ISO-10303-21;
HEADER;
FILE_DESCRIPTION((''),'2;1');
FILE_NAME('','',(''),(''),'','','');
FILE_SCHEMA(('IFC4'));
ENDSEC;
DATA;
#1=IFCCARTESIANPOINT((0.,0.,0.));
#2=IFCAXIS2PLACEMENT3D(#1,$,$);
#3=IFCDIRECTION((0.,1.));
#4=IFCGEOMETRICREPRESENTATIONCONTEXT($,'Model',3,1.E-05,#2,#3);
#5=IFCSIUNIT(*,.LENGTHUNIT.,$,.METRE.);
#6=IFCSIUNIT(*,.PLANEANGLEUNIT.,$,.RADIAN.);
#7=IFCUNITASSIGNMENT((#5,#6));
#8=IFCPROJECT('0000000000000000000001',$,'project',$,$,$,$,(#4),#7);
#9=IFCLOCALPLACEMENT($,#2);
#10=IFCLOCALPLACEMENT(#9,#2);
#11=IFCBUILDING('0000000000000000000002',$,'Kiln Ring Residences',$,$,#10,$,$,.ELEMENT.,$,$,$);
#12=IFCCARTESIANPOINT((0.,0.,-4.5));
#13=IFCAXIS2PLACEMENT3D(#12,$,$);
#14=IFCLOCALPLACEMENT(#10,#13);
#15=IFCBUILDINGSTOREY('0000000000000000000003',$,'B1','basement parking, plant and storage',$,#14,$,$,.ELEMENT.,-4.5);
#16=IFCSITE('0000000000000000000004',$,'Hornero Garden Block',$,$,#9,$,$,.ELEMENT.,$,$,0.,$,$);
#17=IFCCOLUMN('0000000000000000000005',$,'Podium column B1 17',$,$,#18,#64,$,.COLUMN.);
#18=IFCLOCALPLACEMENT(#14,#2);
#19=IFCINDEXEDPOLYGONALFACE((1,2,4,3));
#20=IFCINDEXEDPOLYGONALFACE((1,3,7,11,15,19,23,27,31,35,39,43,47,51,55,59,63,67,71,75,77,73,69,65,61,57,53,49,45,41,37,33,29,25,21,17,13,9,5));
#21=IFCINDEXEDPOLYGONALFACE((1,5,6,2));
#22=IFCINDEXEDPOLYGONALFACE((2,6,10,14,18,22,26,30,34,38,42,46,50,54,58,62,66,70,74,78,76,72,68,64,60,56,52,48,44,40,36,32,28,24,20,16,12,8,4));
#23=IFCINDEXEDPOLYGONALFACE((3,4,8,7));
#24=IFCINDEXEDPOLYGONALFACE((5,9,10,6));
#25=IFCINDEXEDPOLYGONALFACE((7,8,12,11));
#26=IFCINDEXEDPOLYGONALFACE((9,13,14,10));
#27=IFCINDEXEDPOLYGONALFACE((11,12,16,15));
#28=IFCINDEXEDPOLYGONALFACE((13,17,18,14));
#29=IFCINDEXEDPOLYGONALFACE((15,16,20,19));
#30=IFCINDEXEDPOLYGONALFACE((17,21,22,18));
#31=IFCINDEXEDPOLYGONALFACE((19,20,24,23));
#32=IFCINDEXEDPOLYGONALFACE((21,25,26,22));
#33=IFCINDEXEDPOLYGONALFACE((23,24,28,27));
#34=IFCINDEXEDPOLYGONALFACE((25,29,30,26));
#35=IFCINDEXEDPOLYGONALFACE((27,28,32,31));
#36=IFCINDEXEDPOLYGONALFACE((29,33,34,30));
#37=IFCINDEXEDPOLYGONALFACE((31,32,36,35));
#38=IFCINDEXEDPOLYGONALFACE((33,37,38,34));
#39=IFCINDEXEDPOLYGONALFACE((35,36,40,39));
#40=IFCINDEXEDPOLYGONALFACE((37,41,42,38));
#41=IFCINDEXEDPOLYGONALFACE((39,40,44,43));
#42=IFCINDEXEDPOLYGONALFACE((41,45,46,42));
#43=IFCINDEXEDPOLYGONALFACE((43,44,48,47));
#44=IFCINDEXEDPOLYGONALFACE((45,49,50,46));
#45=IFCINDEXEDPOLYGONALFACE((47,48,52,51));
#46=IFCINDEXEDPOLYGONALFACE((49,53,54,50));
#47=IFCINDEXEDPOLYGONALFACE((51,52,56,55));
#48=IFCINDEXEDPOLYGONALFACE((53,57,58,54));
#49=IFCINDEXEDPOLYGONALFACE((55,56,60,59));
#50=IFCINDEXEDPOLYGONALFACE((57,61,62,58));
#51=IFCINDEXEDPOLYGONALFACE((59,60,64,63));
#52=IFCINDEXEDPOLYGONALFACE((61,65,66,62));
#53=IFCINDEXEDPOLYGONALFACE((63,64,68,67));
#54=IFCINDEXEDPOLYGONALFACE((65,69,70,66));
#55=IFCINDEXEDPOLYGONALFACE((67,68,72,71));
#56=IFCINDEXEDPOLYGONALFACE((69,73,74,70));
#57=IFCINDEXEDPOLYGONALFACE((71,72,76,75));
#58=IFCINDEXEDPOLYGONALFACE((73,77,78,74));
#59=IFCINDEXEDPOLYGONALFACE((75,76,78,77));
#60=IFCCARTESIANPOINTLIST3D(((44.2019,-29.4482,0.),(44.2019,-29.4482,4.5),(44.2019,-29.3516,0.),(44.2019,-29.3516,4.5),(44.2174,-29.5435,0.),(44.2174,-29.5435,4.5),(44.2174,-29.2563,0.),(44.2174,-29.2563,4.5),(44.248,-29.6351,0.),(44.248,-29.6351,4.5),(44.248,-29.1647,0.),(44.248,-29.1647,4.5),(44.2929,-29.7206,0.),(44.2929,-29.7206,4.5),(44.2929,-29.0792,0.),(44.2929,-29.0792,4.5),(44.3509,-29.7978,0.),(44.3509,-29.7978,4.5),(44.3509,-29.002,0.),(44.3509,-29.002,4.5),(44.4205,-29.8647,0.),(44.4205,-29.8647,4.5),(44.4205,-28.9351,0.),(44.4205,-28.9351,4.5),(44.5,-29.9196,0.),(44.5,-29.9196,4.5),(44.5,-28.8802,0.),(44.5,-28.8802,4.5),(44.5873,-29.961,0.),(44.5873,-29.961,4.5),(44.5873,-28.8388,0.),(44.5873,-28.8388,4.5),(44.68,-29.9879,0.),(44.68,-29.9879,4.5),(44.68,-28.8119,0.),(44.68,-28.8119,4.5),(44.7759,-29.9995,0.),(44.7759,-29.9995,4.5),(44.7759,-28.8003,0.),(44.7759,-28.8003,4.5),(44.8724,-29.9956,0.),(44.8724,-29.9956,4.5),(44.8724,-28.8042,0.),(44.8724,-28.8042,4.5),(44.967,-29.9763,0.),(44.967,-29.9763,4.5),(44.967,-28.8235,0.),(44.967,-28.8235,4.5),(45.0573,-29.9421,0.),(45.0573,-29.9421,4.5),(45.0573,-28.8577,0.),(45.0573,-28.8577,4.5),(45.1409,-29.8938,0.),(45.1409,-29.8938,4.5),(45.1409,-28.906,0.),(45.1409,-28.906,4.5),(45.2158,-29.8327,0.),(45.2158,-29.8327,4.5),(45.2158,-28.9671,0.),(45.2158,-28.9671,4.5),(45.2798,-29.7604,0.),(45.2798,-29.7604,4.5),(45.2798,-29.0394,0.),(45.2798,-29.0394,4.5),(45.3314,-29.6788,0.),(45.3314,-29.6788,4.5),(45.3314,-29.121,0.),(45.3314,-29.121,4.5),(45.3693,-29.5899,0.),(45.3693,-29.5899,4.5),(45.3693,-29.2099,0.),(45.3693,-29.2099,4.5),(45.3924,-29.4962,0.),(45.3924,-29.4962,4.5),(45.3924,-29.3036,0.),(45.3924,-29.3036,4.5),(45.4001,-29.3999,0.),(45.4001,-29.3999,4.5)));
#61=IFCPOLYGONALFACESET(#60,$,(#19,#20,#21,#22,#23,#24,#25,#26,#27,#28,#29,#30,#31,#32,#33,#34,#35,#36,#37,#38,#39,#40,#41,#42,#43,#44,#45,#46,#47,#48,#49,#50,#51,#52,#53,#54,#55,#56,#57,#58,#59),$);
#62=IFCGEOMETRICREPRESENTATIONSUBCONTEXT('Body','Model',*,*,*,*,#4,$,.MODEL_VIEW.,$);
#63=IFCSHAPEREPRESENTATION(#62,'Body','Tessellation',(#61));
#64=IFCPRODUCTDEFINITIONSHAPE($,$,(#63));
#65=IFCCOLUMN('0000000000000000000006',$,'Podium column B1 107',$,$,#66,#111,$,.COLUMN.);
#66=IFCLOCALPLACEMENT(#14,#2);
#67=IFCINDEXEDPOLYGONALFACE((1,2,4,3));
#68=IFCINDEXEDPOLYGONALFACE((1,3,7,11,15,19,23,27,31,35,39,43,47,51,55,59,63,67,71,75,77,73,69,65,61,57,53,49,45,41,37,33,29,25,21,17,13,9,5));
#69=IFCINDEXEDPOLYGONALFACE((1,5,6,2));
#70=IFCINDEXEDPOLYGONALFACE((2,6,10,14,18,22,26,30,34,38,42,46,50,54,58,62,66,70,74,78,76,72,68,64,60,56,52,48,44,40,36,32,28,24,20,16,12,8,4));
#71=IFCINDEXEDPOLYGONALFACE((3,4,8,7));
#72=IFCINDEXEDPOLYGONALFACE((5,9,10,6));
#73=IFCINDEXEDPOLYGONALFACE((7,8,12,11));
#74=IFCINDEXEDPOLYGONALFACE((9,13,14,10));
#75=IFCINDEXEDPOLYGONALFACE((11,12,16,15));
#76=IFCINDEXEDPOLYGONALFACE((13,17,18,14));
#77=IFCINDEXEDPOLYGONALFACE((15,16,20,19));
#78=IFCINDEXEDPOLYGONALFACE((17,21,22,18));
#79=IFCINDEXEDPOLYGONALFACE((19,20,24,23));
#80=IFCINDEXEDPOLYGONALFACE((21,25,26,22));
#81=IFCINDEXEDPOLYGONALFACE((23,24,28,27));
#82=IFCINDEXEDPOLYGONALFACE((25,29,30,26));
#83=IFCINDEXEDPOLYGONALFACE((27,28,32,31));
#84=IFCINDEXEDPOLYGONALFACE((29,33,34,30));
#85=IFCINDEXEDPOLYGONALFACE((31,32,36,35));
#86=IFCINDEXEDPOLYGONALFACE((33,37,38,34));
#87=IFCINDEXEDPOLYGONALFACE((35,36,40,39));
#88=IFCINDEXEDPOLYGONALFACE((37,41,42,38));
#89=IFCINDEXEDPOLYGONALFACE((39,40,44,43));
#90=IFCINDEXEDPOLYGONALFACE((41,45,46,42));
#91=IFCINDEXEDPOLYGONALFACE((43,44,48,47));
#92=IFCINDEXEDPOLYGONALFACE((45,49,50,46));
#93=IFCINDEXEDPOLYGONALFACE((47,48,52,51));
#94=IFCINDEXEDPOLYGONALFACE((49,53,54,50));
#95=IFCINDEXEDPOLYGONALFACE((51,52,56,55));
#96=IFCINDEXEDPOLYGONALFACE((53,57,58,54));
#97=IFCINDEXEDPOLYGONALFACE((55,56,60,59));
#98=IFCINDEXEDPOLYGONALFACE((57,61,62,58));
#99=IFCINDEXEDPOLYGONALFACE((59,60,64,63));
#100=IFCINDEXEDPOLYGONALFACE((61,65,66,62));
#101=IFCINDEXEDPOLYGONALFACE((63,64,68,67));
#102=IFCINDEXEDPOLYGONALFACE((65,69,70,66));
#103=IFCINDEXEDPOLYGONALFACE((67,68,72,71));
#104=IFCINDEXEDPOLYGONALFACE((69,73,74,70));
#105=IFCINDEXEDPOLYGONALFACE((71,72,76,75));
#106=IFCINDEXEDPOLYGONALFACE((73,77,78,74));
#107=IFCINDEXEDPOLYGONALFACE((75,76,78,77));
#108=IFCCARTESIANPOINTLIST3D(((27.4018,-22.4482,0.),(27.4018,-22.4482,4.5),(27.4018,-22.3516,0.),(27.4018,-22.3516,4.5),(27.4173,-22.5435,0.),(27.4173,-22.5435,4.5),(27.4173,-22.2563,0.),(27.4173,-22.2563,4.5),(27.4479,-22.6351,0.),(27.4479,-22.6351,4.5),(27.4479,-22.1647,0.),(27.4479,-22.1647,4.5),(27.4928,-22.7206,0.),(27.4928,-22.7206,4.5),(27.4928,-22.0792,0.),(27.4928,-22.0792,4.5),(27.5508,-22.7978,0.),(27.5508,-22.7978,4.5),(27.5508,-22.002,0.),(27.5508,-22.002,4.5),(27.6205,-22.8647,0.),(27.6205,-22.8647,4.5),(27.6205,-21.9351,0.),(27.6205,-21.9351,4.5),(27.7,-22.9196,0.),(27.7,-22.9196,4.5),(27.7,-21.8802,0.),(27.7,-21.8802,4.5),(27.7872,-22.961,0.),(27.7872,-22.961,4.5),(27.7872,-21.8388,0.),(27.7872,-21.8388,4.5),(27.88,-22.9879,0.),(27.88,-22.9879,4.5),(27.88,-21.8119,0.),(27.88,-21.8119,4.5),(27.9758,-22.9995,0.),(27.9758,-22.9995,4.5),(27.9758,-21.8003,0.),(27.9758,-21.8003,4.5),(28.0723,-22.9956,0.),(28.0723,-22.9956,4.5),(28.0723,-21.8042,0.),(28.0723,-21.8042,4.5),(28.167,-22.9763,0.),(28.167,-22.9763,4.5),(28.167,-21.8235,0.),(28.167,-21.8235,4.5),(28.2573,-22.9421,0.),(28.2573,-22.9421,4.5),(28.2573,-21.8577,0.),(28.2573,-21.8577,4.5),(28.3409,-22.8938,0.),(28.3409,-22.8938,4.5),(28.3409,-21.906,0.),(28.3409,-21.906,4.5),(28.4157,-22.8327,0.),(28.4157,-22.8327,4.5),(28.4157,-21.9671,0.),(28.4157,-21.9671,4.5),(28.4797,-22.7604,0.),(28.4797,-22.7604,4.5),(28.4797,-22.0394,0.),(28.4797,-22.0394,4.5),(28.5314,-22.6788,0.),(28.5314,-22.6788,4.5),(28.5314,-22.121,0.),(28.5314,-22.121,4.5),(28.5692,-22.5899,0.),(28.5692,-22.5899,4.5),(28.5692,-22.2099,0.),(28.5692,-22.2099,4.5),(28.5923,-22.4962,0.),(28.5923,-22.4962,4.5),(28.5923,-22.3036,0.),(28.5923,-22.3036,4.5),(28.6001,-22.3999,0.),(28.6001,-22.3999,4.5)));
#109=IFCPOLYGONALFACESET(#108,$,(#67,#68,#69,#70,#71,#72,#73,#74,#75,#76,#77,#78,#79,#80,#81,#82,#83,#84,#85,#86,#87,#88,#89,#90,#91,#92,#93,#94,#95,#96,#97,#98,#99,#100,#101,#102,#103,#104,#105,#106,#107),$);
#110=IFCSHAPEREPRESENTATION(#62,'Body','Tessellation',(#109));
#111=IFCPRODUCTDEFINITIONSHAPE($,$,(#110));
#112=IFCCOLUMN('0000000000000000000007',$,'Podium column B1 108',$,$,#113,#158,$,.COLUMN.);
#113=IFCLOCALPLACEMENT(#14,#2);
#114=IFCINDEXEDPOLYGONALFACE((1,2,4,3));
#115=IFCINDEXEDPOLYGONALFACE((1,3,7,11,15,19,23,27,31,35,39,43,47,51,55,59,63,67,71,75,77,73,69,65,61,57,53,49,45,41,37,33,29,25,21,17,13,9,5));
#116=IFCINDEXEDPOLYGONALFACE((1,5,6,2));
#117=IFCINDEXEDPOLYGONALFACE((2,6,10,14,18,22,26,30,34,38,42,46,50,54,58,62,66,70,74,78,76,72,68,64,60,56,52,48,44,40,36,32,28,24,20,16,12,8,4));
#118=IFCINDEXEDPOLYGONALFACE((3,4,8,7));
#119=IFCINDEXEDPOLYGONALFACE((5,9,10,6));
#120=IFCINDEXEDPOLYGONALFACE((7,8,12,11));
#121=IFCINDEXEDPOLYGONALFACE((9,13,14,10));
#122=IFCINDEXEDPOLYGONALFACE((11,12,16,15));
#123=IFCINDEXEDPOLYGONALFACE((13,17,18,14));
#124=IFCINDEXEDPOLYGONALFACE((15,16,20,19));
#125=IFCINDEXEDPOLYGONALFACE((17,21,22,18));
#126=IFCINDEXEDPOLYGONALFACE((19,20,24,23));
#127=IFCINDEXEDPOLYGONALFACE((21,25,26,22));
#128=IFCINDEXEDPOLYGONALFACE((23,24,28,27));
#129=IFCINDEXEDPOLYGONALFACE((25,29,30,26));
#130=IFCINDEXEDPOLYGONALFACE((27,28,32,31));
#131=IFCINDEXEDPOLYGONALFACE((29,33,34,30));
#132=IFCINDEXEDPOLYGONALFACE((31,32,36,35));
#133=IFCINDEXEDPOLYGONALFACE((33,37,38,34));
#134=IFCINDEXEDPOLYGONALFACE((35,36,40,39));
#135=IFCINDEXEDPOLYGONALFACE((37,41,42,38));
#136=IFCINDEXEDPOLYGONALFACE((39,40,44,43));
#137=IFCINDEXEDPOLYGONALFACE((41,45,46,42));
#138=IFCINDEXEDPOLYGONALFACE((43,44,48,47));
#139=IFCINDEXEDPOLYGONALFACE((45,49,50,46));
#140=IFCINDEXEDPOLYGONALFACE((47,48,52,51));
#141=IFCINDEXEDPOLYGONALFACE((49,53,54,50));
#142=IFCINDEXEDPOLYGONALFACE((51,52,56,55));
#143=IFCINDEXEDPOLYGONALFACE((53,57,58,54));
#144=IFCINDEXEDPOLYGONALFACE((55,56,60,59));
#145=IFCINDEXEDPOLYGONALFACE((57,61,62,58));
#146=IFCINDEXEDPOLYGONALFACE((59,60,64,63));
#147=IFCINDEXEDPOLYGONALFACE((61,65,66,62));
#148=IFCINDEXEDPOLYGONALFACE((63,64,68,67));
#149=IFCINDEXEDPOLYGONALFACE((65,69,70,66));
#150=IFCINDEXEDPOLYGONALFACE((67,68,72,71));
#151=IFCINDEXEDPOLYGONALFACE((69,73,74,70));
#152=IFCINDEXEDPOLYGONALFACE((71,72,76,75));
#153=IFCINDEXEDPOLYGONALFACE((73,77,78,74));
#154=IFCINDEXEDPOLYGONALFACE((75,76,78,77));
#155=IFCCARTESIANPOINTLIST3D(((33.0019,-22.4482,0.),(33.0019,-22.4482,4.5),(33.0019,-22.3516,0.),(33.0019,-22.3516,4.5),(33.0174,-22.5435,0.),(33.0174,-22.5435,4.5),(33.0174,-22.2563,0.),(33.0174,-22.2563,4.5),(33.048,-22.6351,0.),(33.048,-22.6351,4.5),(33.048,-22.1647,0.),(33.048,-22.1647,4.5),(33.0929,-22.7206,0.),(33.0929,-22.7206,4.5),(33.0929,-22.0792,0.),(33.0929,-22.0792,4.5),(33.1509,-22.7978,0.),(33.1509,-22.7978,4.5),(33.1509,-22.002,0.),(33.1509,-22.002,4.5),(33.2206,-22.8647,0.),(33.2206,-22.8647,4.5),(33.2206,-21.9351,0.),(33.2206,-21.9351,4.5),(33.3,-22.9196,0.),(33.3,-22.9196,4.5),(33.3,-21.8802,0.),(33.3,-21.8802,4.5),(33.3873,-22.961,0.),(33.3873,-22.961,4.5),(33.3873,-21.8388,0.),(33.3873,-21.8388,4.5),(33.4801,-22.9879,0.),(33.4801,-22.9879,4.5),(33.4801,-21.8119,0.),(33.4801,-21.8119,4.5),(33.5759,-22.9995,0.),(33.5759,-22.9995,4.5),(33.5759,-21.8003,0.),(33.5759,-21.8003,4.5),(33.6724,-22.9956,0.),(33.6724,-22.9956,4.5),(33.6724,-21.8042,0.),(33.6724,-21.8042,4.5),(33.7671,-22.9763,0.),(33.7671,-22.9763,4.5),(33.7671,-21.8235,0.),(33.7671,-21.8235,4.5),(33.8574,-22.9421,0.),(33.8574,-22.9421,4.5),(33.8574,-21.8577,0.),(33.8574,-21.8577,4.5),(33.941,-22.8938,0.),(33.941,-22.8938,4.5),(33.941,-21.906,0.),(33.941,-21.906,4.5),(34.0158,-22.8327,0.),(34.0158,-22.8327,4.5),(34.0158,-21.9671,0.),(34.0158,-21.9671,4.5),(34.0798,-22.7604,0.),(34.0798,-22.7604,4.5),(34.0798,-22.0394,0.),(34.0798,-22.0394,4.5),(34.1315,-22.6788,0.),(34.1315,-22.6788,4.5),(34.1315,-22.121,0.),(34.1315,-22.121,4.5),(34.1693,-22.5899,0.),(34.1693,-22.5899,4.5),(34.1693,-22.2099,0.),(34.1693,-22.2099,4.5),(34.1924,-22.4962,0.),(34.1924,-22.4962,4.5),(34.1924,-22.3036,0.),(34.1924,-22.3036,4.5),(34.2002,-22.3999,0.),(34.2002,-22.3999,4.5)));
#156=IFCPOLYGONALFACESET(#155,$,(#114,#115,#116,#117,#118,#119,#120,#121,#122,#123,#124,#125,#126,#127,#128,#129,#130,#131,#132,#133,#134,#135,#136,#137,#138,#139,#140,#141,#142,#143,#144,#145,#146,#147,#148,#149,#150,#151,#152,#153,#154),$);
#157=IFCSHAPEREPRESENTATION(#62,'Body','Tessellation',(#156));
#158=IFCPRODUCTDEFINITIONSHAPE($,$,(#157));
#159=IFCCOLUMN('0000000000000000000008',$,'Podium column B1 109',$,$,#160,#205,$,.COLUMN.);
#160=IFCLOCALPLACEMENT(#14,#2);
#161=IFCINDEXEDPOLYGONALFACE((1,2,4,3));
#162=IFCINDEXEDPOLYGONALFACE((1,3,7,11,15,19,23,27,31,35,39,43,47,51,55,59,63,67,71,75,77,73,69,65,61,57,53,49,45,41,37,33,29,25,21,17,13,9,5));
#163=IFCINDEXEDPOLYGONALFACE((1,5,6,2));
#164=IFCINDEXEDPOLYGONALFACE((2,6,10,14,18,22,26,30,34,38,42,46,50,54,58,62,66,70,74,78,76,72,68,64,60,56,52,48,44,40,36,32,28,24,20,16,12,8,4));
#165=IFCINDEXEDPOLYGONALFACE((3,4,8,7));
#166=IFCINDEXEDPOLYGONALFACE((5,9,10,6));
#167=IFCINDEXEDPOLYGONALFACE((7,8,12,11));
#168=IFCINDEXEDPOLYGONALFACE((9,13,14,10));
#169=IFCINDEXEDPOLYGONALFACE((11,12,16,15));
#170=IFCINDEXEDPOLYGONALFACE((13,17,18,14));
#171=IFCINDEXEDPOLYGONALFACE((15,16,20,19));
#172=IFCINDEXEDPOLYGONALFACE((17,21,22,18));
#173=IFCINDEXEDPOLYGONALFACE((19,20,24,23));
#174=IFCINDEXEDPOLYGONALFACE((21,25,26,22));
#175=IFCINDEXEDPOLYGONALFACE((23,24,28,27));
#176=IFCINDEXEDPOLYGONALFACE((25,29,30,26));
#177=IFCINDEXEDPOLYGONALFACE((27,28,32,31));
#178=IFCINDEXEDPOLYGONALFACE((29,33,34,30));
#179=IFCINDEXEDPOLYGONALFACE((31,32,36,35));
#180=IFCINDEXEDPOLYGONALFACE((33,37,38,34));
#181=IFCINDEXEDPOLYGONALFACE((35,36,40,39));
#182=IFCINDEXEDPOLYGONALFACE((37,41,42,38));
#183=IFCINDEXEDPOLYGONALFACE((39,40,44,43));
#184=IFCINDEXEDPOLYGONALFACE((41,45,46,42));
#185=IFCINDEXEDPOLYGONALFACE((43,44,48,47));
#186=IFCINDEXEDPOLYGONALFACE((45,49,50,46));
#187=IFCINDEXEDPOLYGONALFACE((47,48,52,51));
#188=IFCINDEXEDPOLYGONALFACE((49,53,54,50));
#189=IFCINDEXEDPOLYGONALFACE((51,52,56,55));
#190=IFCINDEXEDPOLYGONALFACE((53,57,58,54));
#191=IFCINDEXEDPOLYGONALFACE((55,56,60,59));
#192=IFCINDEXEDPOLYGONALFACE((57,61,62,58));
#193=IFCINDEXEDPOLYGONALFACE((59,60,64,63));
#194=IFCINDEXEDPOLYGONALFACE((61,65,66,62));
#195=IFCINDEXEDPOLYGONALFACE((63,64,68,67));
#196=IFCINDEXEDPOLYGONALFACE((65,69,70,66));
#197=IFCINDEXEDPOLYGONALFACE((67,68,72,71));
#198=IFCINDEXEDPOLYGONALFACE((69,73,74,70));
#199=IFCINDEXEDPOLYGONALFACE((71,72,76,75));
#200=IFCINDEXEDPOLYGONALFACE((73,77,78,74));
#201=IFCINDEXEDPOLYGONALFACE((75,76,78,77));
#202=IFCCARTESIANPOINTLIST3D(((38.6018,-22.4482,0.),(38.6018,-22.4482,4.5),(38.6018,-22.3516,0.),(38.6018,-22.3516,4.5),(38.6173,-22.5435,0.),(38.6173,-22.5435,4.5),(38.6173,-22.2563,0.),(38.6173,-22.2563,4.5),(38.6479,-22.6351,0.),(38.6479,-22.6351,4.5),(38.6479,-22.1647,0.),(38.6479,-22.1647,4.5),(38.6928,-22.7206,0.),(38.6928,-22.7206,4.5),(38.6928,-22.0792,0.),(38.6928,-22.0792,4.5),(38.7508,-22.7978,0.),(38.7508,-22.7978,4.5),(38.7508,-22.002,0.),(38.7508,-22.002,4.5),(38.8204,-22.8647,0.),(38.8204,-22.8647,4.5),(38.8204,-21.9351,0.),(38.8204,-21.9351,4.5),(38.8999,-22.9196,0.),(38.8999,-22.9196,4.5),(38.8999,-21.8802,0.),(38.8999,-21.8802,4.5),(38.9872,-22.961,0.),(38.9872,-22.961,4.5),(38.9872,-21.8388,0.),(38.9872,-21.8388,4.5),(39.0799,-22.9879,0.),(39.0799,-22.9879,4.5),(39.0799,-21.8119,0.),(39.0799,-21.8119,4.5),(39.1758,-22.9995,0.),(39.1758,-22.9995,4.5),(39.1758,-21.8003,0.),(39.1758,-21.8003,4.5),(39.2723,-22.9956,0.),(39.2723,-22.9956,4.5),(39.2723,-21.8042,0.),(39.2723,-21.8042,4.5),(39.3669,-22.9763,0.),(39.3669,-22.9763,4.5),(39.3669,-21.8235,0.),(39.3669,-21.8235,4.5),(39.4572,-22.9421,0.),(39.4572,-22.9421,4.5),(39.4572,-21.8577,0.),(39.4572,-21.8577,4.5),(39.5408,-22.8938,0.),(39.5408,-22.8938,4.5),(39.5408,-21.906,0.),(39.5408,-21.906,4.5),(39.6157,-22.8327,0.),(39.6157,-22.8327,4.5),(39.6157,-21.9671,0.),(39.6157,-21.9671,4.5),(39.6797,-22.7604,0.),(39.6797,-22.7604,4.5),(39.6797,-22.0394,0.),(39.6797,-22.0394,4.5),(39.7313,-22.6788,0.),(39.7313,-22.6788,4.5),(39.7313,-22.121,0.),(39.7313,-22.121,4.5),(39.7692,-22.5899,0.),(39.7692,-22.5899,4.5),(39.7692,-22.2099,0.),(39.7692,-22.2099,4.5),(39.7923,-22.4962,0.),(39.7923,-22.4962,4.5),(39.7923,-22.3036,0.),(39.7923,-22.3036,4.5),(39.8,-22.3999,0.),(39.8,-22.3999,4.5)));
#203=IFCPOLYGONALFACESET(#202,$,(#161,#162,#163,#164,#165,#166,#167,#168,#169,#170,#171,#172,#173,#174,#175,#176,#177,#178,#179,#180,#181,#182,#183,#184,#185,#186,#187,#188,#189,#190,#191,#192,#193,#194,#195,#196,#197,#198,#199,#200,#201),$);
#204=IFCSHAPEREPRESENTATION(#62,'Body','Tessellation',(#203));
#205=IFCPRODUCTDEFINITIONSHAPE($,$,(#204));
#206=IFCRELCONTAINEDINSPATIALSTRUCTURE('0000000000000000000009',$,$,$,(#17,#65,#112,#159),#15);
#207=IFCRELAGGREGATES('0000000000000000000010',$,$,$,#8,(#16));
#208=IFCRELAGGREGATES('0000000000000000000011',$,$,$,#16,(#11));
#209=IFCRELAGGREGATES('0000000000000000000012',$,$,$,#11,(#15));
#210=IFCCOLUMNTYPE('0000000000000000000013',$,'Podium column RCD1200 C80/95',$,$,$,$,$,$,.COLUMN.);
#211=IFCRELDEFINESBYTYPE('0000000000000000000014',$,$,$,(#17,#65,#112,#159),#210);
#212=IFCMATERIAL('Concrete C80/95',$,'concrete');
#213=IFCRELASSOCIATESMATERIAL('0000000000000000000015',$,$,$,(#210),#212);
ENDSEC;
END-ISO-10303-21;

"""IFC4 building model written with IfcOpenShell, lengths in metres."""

from ifc_helpers import new_model, si_unit, direction, frame, origin, origin_2d, place, context, subcontext, project, spatial, circle, extrude, material, material_profile, profile_set, type_object, element, save


model = new_model("IFC4")

# Units and contexts
model_context = context("Model", 3, precision=1e-05, world=origin(), true_north=direction((0.0, 1.0)))
body_context = subcontext(model_context, "Body", "Model", "MODEL_VIEW")
ifc_project = project(units=[si_unit("LENGTHUNIT", "METRE"), si_unit("PLANEANGLEUNIT", "RADIAN")], contexts=[model_context])

# Site, building, storey
site_placement = place(None, origin())
site = spatial("IfcSite", under=ifc_project, at=site_placement, Name="Hornero Garden Block", CompositionType="ELEMENT", RefElevation=0.0)
building_placement = place(site_placement, origin())
building = spatial("IfcBuilding", under=site, at=building_placement, Name="Kiln Ring Residences", CompositionType="ELEMENT")
storey_placement = place(building_placement, frame((0.0, 0.0, -4.5)))
storey = spatial("IfcBuildingStorey", under=building, at=storey_placement, Name="B1", Description="basement parking, plant and storage", CompositionType="ELEMENT", Elevation=-4.5)

# Columns
ifc_material_1 = material(Name="Concrete C80/95", Category="concrete")
ifc_material_profile_1 = material_profile(ifc_material_1, circle(Radius=0.6001, at=origin_2d()), Name="RCD1200")
ifc_profile_set_1 = profile_set([ifc_material_profile_1], Name="Concrete C80/95")
column_type_1 = type_object("IfcColumnType", Name="Podium column RCD1200 C80/95", PredefinedType="COLUMN", material=ifc_profile_set_1)
for number, where, z_axis, x_axis, name in (
    (1, (44.8, -29.3999, 0.0), (0.0, 0.0, 1.0), (1.0, 0.0, 0.0), "Podium column B1 17"),
    (2, (28.0, -22.3999, 0.0), (0.0, 0.0, 1.0), (1.0, 0.0, 0.0), "Podium column B1 107"),
    (3, (33.6001, -22.3999, 0.0), (0.0, 0.0, 1.0), (1.0, 0.0, 0.0), "Podium column B1 108"),
    (4, (39.2, -22.3999, 0.0), (0.0, 0.0, 1.0), (1.0, 0.0, 0.0), "Podium column B1 109"),
):
    element("IfcColumn", number, at=place(storey_placement, frame(where, z_axis=z_axis, x_axis=x_axis)), inside=storey, type_object=column_type_1, Name=name, PredefinedType="COLUMN", context=body_context, shape_type="SweptSolid", body=[
        extrude(circle(Radius=0.6001, at=origin_2d()), origin(), (0.0, 0.0, 1.0), 4.5),
    ])

save(model, "model.ifc")
